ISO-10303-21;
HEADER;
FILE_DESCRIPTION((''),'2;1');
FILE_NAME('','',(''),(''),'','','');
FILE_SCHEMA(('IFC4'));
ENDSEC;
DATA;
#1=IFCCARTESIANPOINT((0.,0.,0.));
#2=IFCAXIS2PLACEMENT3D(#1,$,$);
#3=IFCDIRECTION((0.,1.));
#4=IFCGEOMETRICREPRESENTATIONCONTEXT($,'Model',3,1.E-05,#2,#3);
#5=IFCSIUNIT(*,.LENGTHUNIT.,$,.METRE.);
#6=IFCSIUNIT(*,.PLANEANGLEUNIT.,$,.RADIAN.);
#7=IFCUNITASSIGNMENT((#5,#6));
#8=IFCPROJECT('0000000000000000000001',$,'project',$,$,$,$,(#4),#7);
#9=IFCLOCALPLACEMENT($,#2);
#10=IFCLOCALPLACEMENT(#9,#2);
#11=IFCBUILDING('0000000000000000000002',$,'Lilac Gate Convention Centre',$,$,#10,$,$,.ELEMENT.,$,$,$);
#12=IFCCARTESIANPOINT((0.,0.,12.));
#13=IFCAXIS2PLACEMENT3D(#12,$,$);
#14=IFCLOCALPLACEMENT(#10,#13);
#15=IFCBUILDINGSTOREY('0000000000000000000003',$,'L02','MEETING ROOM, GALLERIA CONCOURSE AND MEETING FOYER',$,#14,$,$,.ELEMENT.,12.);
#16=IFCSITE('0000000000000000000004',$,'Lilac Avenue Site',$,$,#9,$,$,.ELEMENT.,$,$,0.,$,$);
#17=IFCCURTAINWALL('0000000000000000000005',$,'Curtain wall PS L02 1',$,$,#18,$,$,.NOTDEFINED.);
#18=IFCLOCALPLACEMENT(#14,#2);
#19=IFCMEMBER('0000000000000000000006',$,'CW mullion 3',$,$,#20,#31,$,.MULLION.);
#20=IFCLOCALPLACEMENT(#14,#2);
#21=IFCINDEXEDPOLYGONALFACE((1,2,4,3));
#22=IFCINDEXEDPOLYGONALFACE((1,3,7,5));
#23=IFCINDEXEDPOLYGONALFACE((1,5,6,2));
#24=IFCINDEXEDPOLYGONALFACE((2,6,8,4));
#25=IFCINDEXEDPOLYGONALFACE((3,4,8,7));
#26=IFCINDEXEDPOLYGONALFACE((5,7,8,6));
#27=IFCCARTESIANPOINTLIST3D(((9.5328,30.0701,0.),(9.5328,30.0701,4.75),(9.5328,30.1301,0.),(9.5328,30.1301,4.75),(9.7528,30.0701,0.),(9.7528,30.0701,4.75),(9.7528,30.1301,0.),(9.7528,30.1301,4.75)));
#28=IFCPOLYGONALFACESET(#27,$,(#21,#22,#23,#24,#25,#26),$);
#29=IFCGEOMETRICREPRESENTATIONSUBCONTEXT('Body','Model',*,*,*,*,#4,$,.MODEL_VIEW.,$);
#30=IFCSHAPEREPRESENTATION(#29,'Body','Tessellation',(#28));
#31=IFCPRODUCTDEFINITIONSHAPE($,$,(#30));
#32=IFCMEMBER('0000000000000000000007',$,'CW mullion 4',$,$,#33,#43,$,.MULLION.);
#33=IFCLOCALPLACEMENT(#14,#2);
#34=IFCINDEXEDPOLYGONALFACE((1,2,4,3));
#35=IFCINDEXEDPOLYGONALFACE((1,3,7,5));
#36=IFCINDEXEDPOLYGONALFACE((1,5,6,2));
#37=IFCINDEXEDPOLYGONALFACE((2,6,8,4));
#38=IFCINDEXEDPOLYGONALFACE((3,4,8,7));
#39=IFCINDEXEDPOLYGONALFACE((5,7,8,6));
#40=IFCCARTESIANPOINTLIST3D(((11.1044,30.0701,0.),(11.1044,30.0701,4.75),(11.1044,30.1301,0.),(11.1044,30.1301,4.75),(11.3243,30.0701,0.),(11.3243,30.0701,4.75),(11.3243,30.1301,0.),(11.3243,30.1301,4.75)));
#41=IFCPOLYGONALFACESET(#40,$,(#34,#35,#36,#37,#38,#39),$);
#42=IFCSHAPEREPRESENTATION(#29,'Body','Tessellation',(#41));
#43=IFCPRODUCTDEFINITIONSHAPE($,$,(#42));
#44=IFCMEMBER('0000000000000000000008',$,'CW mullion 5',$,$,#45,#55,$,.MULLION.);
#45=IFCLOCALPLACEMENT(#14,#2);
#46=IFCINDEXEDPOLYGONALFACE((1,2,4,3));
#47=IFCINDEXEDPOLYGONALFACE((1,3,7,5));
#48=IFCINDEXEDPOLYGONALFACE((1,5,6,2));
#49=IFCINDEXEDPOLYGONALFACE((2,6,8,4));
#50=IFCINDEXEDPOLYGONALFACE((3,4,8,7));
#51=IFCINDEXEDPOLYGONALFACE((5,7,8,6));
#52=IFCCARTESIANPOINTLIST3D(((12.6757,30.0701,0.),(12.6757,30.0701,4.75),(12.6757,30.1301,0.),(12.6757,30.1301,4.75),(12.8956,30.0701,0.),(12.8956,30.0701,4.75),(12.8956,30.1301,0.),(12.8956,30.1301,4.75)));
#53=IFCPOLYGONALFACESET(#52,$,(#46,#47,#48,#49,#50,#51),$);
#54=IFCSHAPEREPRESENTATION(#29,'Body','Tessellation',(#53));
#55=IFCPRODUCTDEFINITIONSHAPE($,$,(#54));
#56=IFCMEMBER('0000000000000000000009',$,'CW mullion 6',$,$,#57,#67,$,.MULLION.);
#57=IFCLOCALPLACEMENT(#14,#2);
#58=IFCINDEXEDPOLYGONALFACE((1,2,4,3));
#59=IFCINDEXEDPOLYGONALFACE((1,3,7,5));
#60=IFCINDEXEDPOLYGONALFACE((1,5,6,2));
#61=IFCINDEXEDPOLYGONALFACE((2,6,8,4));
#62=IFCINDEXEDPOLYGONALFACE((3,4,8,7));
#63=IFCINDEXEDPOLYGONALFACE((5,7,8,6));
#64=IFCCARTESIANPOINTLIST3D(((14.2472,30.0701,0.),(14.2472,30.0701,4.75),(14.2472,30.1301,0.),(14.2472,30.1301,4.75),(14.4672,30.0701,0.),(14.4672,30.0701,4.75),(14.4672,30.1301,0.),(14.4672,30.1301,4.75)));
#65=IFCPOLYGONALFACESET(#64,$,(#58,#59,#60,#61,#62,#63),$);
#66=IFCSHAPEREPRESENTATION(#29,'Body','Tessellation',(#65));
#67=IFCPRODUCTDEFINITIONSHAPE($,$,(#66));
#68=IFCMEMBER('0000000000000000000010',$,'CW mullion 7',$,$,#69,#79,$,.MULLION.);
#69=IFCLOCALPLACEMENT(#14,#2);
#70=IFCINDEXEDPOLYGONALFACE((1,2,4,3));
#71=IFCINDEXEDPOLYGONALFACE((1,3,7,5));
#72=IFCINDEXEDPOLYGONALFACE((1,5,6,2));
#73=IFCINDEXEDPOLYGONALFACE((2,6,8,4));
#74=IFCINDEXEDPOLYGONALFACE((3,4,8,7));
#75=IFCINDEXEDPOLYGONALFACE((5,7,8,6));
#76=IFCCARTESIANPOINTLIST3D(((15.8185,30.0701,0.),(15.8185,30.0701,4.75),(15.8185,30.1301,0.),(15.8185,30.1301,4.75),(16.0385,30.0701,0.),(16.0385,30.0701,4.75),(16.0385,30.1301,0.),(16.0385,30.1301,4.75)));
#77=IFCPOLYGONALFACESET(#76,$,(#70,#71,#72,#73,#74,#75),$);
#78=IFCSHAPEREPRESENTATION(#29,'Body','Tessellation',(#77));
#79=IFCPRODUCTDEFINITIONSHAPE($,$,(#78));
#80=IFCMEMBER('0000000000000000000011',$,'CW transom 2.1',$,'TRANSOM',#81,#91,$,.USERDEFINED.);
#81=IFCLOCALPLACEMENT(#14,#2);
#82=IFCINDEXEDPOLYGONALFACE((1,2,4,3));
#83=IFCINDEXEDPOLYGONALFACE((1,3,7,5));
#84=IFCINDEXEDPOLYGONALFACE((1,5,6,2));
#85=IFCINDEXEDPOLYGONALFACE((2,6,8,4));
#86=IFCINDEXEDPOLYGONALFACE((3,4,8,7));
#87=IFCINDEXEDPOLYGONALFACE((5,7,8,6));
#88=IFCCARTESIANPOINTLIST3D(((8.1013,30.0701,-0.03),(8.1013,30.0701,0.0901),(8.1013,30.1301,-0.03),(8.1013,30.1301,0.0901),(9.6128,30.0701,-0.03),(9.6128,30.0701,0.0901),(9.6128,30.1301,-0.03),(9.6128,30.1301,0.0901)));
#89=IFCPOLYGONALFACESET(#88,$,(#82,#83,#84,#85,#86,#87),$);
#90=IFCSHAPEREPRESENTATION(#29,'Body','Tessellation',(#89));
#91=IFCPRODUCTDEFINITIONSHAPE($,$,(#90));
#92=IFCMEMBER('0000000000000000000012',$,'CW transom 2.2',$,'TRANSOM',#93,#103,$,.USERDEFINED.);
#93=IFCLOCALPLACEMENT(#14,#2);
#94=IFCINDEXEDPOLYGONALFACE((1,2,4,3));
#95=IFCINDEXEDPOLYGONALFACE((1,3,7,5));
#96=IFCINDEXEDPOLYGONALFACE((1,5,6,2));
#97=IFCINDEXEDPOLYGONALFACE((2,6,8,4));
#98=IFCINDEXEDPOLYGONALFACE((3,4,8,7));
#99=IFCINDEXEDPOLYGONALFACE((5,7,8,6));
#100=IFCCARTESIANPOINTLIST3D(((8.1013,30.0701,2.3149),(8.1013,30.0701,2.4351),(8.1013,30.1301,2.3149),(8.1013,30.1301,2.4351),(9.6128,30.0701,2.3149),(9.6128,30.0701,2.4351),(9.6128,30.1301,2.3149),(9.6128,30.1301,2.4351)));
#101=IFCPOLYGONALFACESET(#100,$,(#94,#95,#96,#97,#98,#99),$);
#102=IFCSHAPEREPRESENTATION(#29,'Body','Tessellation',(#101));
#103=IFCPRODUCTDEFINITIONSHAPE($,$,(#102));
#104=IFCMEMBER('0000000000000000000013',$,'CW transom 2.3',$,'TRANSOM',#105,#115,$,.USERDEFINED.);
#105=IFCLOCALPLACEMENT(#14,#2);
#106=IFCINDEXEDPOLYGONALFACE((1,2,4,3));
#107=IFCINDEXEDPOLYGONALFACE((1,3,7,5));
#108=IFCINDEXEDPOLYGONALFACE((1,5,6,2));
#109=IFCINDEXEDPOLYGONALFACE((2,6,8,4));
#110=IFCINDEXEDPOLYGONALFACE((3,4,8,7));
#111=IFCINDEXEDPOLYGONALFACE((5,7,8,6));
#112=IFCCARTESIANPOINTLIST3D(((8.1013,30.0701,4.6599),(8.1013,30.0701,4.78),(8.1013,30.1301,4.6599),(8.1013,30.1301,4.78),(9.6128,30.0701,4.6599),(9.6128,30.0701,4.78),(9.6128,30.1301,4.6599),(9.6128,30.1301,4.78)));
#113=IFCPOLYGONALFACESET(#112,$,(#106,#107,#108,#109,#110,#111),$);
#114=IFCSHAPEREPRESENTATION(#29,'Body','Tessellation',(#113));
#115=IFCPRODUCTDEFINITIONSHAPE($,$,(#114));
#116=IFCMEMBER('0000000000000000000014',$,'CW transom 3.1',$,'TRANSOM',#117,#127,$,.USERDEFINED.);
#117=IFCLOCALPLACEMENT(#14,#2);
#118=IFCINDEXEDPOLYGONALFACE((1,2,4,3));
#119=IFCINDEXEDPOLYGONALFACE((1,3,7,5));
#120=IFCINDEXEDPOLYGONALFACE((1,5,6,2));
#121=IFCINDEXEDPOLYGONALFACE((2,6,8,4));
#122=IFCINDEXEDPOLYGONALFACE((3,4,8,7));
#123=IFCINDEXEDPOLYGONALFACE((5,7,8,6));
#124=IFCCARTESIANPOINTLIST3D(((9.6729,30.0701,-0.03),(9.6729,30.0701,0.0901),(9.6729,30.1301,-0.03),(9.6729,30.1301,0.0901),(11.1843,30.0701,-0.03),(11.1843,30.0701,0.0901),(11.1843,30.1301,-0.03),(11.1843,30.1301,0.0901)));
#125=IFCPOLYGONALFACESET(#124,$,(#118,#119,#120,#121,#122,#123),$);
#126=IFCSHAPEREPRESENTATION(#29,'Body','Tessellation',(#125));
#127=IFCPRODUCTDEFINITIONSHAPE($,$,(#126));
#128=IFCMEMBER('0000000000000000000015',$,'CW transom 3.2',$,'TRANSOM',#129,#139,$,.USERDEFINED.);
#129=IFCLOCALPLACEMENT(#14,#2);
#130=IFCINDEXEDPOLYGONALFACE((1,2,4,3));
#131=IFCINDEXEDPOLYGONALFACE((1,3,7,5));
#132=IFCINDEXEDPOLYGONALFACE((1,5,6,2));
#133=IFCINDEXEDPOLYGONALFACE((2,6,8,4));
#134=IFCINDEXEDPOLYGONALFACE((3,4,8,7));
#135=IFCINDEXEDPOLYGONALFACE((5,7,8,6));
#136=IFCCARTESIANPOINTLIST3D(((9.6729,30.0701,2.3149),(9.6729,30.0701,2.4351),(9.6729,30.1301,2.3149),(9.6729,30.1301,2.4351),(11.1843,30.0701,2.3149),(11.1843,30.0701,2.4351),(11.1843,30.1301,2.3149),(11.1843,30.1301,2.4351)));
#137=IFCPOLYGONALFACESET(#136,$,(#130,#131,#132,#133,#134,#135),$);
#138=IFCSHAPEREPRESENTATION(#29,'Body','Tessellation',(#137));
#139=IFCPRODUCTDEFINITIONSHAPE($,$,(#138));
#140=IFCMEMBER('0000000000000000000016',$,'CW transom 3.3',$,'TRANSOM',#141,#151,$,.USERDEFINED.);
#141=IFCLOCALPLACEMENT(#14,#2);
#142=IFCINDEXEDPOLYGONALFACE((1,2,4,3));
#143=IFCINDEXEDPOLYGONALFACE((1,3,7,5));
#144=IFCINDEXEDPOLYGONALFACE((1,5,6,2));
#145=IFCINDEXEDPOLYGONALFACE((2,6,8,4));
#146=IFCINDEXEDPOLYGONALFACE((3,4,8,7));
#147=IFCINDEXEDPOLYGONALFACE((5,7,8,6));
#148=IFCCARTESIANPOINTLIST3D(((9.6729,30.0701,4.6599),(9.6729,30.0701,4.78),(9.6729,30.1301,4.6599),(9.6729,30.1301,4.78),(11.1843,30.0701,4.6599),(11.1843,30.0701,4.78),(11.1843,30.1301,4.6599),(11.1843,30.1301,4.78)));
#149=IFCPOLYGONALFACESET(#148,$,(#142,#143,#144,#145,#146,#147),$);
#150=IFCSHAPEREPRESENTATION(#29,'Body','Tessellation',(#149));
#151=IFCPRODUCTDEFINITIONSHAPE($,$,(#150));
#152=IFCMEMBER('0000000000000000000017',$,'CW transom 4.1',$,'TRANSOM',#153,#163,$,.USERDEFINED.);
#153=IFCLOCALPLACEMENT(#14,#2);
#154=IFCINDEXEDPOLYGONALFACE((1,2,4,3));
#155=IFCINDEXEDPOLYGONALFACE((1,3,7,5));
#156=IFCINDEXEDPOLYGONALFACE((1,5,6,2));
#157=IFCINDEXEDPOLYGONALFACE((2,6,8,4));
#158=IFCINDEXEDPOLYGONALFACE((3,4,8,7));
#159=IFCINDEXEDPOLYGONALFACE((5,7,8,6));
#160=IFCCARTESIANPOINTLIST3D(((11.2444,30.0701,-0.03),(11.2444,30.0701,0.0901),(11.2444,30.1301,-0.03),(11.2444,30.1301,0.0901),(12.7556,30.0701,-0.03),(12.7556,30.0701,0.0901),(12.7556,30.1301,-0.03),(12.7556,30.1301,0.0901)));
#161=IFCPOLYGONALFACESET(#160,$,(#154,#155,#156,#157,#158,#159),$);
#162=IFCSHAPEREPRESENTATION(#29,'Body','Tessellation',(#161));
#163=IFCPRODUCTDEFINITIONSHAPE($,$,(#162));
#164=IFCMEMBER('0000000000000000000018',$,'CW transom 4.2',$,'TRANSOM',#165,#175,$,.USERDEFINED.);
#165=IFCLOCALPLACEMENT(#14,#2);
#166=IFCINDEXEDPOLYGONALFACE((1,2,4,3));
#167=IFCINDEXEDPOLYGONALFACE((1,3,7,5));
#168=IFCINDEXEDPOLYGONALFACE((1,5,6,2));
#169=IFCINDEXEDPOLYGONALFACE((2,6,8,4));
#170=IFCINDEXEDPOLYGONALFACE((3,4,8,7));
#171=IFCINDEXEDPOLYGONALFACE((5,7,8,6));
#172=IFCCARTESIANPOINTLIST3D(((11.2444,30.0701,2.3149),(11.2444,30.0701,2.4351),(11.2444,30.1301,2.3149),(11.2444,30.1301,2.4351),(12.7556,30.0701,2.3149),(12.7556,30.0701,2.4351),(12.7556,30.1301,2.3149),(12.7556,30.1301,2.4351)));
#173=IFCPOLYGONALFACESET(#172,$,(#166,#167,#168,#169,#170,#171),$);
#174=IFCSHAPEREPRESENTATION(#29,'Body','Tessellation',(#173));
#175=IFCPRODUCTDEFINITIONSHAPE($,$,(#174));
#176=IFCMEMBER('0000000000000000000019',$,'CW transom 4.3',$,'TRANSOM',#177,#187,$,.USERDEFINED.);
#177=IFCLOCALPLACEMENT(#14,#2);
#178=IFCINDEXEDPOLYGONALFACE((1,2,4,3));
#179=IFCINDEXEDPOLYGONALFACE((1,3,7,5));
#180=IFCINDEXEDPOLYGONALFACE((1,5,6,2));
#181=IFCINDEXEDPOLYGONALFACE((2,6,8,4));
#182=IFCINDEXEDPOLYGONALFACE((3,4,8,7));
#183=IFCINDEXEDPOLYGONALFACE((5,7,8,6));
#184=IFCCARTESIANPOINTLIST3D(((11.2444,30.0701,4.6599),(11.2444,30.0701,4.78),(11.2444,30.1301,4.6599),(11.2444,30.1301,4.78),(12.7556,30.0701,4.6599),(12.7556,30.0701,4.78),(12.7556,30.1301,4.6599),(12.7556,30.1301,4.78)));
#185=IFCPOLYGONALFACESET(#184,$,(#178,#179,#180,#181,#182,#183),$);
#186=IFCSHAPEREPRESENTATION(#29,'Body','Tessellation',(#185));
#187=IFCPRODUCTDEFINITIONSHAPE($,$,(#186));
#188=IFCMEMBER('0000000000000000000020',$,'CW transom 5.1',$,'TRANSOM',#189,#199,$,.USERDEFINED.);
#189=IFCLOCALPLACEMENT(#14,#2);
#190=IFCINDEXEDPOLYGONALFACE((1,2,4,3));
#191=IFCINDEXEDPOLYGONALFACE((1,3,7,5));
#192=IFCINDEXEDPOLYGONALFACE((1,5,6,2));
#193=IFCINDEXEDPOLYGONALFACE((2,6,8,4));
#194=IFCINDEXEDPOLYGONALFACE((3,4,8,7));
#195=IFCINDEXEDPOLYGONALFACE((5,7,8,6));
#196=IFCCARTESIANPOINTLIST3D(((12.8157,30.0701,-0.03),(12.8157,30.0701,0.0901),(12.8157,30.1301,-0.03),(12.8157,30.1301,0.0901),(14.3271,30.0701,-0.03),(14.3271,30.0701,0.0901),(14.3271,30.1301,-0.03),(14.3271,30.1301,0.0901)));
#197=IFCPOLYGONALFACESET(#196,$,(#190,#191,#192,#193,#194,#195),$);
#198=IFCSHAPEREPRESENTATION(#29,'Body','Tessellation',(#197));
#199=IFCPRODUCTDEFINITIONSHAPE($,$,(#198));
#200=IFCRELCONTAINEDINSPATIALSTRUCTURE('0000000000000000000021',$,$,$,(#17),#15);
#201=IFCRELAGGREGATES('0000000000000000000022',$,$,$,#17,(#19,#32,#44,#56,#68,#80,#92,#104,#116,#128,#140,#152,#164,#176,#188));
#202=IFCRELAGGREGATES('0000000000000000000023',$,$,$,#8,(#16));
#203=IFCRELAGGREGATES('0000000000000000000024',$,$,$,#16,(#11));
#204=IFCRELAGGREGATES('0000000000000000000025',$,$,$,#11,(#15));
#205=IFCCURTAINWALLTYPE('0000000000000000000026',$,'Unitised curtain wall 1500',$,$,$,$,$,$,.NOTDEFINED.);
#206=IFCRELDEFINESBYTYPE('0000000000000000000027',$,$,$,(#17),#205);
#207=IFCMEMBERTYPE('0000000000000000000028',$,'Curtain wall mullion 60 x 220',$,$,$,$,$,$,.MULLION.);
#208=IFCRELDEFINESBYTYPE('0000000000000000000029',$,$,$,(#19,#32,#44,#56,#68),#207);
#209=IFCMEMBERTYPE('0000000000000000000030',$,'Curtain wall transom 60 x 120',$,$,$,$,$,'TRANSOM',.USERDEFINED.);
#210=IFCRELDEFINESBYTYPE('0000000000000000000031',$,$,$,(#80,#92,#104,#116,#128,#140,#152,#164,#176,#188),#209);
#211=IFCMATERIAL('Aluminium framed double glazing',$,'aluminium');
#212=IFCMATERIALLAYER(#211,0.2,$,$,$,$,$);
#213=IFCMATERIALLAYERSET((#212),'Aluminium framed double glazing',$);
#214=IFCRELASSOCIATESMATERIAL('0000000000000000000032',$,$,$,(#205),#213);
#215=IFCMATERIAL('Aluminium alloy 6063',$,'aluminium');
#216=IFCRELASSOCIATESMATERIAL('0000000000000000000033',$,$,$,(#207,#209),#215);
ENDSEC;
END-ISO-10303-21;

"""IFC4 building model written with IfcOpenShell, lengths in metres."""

from ifc_helpers import new_model, si_unit, direction, frame, origin, origin_2d, place, context, subcontext, project, spatial, rectangle, extrude, material, layer, layer_set, material_profile, profile_set, type_object, element, aggregate, save


model = new_model("IFC4")

# Units and contexts
model_context = context("Model", 3, precision=1e-05, world=origin(), true_north=direction((0.0, 1.0)))
body_context = subcontext(model_context, "Body", "Model", "MODEL_VIEW")
ifc_project = project(units=[si_unit("LENGTHUNIT", "METRE"), si_unit("PLANEANGLEUNIT", "RADIAN")], contexts=[model_context])

# Site, building, storey
site_placement = place(None, origin())
site = spatial("IfcSite", under=ifc_project, at=site_placement, Name="Lilac Avenue Site", CompositionType="ELEMENT", RefElevation=0.0)
building_placement = place(site_placement, origin())
building = spatial("IfcBuilding", under=site, at=building_placement, Name="Lilac Gate Convention Centre", CompositionType="ELEMENT")
storey_placement = place(building_placement, frame((0.0, 0.0, 12.0)))
storey = spatial("IfcBuildingStorey", under=building, at=storey_placement, Name="L02", Description="MEETING ROOM, GALLERIA CONCOURSE AND MEETING FOYER", CompositionType="ELEMENT", Elevation=12.0)

# Curtain wall, members
ifc_material_1 = material(Name="Aluminium framed double glazing", Category="aluminium")
ifc_layer_1 = layer(ifc_material_1, 0.2)
ifc_layer_set_1 = layer_set([ifc_layer_1], Name="Aluminium framed double glazing")
curtain_wall_type = type_object("IfcCurtainWallType", Name="Unitised curtain wall 1500", PredefinedType="NOTDEFINED", material=ifc_layer_set_1)
curtain_wall_placement = place(storey_placement, origin())
curtain_wall = element("IfcCurtainWall", 1, at=curtain_wall_placement, inside=storey, type_object=curtain_wall_type, Name="Curtain wall PS L02 1", PredefinedType="NOTDEFINED")
ifc_material_2 = material(Name="Aluminium alloy 6063", Category="aluminium")
ifc_material_profile_1 = material_profile(ifc_material_2, rectangle(XDim=0.0601, YDim=0.22, at=origin_2d()), Name="Curtain wall mullion 60 x 220")
ifc_profile_set_1 = profile_set([ifc_material_profile_1], Name="Aluminium alloy 6063")
member_type_1 = type_object("IfcMemberType", Name="Curtain wall mullion 60 x 220", PredefinedType="MULLION", material=ifc_profile_set_1)
member_1_placement = place(storey_placement, frame((9.6428, 30.1001, 0.0), z_axis=(0.0, 0.0, 1.0), x_axis=(0.0, 1.0, 0.0)))
member_1 = element("IfcMember", 2, at=member_1_placement, type_object=member_type_1, Name="CW mullion 3", PredefinedType="MULLION", context=body_context, shape_type="SweptSolid", body=[
    extrude(rectangle(XDim=0.0601, YDim=0.22, at=origin_2d()), origin(), (0.0, 0.0, 1.0), 4.75),
])
member_2_placement = place(storey_placement, frame((11.2144, 30.1001, 0.0), z_axis=(0.0, 0.0, 1.0), x_axis=(0.0, 1.0, 0.0)))
member_2 = element("IfcMember", 3, at=member_2_placement, type_object=member_type_1, Name="CW mullion 4", PredefinedType="MULLION", context=body_context, shape_type="SweptSolid", body=[
    extrude(rectangle(XDim=0.0601, YDim=0.22, at=origin_2d()), origin(), (0.0, 0.0, 1.0), 4.75),
])
member_3_placement = place(storey_placement, frame((12.7856, 30.1001, 0.0), z_axis=(0.0, 0.0, 1.0), x_axis=(0.0, 1.0, 0.0)))
member_3 = element("IfcMember", 4, at=member_3_placement, type_object=member_type_1, Name="CW mullion 5", PredefinedType="MULLION", context=body_context, shape_type="SweptSolid", body=[
    extrude(rectangle(XDim=0.0601, YDim=0.22, at=origin_2d()), origin(), (0.0, 0.0, 1.0), 4.75),
])
member_4_placement = place(storey_placement, frame((14.3572, 30.1001, 0.0), z_axis=(0.0, 0.0, 1.0), x_axis=(0.0, 1.0, 0.0)))
member_4 = element("IfcMember", 5, at=member_4_placement, type_object=member_type_1, Name="CW mullion 6", PredefinedType="MULLION", context=body_context, shape_type="SweptSolid", body=[
    extrude(rectangle(XDim=0.0601, YDim=0.22, at=origin_2d()), origin(), (0.0, 0.0, 1.0), 4.75),
])
member_5_placement = place(storey_placement, frame((15.9285, 30.1001, 0.0), z_axis=(0.0, 0.0, 1.0), x_axis=(0.0, 1.0, 0.0)))
member_5 = element("IfcMember", 6, at=member_5_placement, type_object=member_type_1, Name="CW mullion 7", PredefinedType="MULLION", context=body_context, shape_type="SweptSolid", body=[
    extrude(rectangle(XDim=0.0601, YDim=0.22, at=origin_2d()), origin(), (0.0, 0.0, 1.0), 4.75),
])
ifc_material_profile_2 = material_profile(ifc_material_2, rectangle(XDim=0.0601, YDim=0.1201, at=origin_2d()), Name="Curtain wall transom 60 x 120")
ifc_profile_set_2 = profile_set([ifc_material_profile_2], Name="Aluminium alloy 6063")
member_type_2 = type_object("IfcMemberType", Name="Curtain wall transom 60 x 120", ElementType="TRANSOM", PredefinedType="USERDEFINED", material=ifc_profile_set_2)
member_6_placement = place(storey_placement, frame((8.1013, 30.1001, 0.03), z_axis=(1.0, 0.0, 0.0), x_axis=(0.0, 1.0, 0.0)))
member_6 = element("IfcMember", 7, at=member_6_placement, type_object=member_type_2, Name="CW transom 2.1", ObjectType="TRANSOM", PredefinedType="USERDEFINED", context=body_context, shape_type="SweptSolid", body=[
    extrude(rectangle(XDim=0.0601, YDim=0.1201, at=origin_2d()), origin(), (0.0, 0.0, 1.0), 1.5115),
])
member_7_placement = place(storey_placement, frame((8.1013, 30.1001, 2.375), z_axis=(1.0, 0.0, 0.0), x_axis=(0.0, 1.0, 0.0)))
member_7 = element("IfcMember", 8, at=member_7_placement, type_object=member_type_2, Name="CW transom 2.2", ObjectType="TRANSOM", PredefinedType="USERDEFINED", context=body_context, shape_type="SweptSolid", body=[
    extrude(rectangle(XDim=0.0601, YDim=0.1201, at=origin_2d()), origin(), (0.0, 0.0, 1.0), 1.5115),
])
member_8_placement = place(storey_placement, frame((8.1013, 30.1001, 4.72), z_axis=(1.0, 0.0, 0.0), x_axis=(0.0, 1.0, 0.0)))
member_8 = element("IfcMember", 9, at=member_8_placement, type_object=member_type_2, Name="CW transom 2.3", ObjectType="TRANSOM", PredefinedType="USERDEFINED", context=body_context, shape_type="SweptSolid", body=[
    extrude(rectangle(XDim=0.0601, YDim=0.1201, at=origin_2d()), origin(), (0.0, 0.0, 1.0), 1.5115),
])
member_9_placement = place(storey_placement, frame((9.6729, 30.1001, 0.03), z_axis=(1.0, 0.0, 0.0), x_axis=(0.0, 1.0, 0.0)))
member_9 = element("IfcMember", 10, at=member_9_placement, type_object=member_type_2, Name="CW transom 3.1", ObjectType="TRANSOM", PredefinedType="USERDEFINED", context=body_context, shape_type="SweptSolid", body=[
    extrude(rectangle(XDim=0.0601, YDim=0.1201, at=origin_2d()), origin(), (0.0, 0.0, 1.0), 1.5115),
])
member_10_placement = place(storey_placement, frame((9.6729, 30.1001, 2.375), z_axis=(1.0, 0.0, 0.0), x_axis=(0.0, 1.0, 0.0)))
member_10 = element("IfcMember", 11, at=member_10_placement, type_object=member_type_2, Name="CW transom 3.2", ObjectType="TRANSOM", PredefinedType="USERDEFINED", context=body_context, shape_type="SweptSolid", body=[
    extrude(rectangle(XDim=0.0601, YDim=0.1201, at=origin_2d()), origin(), (0.0, 0.0, 1.0), 1.5115),
])
member_11_placement = place(storey_placement, frame((9.6729, 30.1001, 4.72), z_axis=(1.0, 0.0, 0.0), x_axis=(0.0, 1.0, 0.0)))
member_11 = element("IfcMember", 12, at=member_11_placement, type_object=member_type_2, Name="CW transom 3.3", ObjectType="TRANSOM", PredefinedType="USERDEFINED", context=body_context, shape_type="SweptSolid", body=[
    extrude(rectangle(XDim=0.0601, YDim=0.1201, at=origin_2d()), origin(), (0.0, 0.0, 1.0), 1.5115),
])
member_12_placement = place(storey_placement, frame((11.2444, 30.1001, 0.03), z_axis=(1.0, 0.0, 0.0), x_axis=(0.0, 1.0, 0.0)))
member_12 = element("IfcMember", 13, at=member_12_placement, type_object=member_type_2, Name="CW transom 4.1", ObjectType="TRANSOM", PredefinedType="USERDEFINED", context=body_context, shape_type="SweptSolid", body=[
    extrude(rectangle(XDim=0.0601, YDim=0.1201, at=origin_2d()), origin(), (0.0, 0.0, 1.0), 1.5112),
])
member_13_placement = place(storey_placement, frame((11.2444, 30.1001, 2.375), z_axis=(1.0, 0.0, 0.0), x_axis=(0.0, 1.0, 0.0)))
member_13 = element("IfcMember", 14, at=member_13_placement, type_object=member_type_2, Name="CW transom 4.2", ObjectType="TRANSOM", PredefinedType="USERDEFINED", context=body_context, shape_type="SweptSolid", body=[
    extrude(rectangle(XDim=0.0601, YDim=0.1201, at=origin_2d()), origin(), (0.0, 0.0, 1.0), 1.5112),
])
member_14_placement = place(storey_placement, frame((11.2444, 30.1001, 4.72), z_axis=(1.0, 0.0, 0.0), x_axis=(0.0, 1.0, 0.0)))
member_14 = element("IfcMember", 15, at=member_14_placement, type_object=member_type_2, Name="CW transom 4.3", ObjectType="TRANSOM", PredefinedType="USERDEFINED", context=body_context, shape_type="SweptSolid", body=[
    extrude(rectangle(XDim=0.0601, YDim=0.1201, at=origin_2d()), origin(), (0.0, 0.0, 1.0), 1.5112),
])
member_15_placement = place(storey_placement, frame((12.8157, 30.1001, 0.03), z_axis=(1.0, 0.0, 0.0), x_axis=(0.0, 1.0, 0.0)))
member_15 = element("IfcMember", 16, at=member_15_placement, type_object=member_type_2, Name="CW transom 5.1", ObjectType="TRANSOM", PredefinedType="USERDEFINED", context=body_context, shape_type="SweptSolid", body=[
    extrude(rectangle(XDim=0.0601, YDim=0.1201, at=origin_2d()), origin(), (0.0, 0.0, 1.0), 1.5115),
])
aggregate(curtain_wall, [member_1, member_2, member_3, member_4, member_5, member_6, member_7, member_8, member_9, member_10, member_11, member_12, member_13, member_14, member_15])

save(model, "model.ifc")
